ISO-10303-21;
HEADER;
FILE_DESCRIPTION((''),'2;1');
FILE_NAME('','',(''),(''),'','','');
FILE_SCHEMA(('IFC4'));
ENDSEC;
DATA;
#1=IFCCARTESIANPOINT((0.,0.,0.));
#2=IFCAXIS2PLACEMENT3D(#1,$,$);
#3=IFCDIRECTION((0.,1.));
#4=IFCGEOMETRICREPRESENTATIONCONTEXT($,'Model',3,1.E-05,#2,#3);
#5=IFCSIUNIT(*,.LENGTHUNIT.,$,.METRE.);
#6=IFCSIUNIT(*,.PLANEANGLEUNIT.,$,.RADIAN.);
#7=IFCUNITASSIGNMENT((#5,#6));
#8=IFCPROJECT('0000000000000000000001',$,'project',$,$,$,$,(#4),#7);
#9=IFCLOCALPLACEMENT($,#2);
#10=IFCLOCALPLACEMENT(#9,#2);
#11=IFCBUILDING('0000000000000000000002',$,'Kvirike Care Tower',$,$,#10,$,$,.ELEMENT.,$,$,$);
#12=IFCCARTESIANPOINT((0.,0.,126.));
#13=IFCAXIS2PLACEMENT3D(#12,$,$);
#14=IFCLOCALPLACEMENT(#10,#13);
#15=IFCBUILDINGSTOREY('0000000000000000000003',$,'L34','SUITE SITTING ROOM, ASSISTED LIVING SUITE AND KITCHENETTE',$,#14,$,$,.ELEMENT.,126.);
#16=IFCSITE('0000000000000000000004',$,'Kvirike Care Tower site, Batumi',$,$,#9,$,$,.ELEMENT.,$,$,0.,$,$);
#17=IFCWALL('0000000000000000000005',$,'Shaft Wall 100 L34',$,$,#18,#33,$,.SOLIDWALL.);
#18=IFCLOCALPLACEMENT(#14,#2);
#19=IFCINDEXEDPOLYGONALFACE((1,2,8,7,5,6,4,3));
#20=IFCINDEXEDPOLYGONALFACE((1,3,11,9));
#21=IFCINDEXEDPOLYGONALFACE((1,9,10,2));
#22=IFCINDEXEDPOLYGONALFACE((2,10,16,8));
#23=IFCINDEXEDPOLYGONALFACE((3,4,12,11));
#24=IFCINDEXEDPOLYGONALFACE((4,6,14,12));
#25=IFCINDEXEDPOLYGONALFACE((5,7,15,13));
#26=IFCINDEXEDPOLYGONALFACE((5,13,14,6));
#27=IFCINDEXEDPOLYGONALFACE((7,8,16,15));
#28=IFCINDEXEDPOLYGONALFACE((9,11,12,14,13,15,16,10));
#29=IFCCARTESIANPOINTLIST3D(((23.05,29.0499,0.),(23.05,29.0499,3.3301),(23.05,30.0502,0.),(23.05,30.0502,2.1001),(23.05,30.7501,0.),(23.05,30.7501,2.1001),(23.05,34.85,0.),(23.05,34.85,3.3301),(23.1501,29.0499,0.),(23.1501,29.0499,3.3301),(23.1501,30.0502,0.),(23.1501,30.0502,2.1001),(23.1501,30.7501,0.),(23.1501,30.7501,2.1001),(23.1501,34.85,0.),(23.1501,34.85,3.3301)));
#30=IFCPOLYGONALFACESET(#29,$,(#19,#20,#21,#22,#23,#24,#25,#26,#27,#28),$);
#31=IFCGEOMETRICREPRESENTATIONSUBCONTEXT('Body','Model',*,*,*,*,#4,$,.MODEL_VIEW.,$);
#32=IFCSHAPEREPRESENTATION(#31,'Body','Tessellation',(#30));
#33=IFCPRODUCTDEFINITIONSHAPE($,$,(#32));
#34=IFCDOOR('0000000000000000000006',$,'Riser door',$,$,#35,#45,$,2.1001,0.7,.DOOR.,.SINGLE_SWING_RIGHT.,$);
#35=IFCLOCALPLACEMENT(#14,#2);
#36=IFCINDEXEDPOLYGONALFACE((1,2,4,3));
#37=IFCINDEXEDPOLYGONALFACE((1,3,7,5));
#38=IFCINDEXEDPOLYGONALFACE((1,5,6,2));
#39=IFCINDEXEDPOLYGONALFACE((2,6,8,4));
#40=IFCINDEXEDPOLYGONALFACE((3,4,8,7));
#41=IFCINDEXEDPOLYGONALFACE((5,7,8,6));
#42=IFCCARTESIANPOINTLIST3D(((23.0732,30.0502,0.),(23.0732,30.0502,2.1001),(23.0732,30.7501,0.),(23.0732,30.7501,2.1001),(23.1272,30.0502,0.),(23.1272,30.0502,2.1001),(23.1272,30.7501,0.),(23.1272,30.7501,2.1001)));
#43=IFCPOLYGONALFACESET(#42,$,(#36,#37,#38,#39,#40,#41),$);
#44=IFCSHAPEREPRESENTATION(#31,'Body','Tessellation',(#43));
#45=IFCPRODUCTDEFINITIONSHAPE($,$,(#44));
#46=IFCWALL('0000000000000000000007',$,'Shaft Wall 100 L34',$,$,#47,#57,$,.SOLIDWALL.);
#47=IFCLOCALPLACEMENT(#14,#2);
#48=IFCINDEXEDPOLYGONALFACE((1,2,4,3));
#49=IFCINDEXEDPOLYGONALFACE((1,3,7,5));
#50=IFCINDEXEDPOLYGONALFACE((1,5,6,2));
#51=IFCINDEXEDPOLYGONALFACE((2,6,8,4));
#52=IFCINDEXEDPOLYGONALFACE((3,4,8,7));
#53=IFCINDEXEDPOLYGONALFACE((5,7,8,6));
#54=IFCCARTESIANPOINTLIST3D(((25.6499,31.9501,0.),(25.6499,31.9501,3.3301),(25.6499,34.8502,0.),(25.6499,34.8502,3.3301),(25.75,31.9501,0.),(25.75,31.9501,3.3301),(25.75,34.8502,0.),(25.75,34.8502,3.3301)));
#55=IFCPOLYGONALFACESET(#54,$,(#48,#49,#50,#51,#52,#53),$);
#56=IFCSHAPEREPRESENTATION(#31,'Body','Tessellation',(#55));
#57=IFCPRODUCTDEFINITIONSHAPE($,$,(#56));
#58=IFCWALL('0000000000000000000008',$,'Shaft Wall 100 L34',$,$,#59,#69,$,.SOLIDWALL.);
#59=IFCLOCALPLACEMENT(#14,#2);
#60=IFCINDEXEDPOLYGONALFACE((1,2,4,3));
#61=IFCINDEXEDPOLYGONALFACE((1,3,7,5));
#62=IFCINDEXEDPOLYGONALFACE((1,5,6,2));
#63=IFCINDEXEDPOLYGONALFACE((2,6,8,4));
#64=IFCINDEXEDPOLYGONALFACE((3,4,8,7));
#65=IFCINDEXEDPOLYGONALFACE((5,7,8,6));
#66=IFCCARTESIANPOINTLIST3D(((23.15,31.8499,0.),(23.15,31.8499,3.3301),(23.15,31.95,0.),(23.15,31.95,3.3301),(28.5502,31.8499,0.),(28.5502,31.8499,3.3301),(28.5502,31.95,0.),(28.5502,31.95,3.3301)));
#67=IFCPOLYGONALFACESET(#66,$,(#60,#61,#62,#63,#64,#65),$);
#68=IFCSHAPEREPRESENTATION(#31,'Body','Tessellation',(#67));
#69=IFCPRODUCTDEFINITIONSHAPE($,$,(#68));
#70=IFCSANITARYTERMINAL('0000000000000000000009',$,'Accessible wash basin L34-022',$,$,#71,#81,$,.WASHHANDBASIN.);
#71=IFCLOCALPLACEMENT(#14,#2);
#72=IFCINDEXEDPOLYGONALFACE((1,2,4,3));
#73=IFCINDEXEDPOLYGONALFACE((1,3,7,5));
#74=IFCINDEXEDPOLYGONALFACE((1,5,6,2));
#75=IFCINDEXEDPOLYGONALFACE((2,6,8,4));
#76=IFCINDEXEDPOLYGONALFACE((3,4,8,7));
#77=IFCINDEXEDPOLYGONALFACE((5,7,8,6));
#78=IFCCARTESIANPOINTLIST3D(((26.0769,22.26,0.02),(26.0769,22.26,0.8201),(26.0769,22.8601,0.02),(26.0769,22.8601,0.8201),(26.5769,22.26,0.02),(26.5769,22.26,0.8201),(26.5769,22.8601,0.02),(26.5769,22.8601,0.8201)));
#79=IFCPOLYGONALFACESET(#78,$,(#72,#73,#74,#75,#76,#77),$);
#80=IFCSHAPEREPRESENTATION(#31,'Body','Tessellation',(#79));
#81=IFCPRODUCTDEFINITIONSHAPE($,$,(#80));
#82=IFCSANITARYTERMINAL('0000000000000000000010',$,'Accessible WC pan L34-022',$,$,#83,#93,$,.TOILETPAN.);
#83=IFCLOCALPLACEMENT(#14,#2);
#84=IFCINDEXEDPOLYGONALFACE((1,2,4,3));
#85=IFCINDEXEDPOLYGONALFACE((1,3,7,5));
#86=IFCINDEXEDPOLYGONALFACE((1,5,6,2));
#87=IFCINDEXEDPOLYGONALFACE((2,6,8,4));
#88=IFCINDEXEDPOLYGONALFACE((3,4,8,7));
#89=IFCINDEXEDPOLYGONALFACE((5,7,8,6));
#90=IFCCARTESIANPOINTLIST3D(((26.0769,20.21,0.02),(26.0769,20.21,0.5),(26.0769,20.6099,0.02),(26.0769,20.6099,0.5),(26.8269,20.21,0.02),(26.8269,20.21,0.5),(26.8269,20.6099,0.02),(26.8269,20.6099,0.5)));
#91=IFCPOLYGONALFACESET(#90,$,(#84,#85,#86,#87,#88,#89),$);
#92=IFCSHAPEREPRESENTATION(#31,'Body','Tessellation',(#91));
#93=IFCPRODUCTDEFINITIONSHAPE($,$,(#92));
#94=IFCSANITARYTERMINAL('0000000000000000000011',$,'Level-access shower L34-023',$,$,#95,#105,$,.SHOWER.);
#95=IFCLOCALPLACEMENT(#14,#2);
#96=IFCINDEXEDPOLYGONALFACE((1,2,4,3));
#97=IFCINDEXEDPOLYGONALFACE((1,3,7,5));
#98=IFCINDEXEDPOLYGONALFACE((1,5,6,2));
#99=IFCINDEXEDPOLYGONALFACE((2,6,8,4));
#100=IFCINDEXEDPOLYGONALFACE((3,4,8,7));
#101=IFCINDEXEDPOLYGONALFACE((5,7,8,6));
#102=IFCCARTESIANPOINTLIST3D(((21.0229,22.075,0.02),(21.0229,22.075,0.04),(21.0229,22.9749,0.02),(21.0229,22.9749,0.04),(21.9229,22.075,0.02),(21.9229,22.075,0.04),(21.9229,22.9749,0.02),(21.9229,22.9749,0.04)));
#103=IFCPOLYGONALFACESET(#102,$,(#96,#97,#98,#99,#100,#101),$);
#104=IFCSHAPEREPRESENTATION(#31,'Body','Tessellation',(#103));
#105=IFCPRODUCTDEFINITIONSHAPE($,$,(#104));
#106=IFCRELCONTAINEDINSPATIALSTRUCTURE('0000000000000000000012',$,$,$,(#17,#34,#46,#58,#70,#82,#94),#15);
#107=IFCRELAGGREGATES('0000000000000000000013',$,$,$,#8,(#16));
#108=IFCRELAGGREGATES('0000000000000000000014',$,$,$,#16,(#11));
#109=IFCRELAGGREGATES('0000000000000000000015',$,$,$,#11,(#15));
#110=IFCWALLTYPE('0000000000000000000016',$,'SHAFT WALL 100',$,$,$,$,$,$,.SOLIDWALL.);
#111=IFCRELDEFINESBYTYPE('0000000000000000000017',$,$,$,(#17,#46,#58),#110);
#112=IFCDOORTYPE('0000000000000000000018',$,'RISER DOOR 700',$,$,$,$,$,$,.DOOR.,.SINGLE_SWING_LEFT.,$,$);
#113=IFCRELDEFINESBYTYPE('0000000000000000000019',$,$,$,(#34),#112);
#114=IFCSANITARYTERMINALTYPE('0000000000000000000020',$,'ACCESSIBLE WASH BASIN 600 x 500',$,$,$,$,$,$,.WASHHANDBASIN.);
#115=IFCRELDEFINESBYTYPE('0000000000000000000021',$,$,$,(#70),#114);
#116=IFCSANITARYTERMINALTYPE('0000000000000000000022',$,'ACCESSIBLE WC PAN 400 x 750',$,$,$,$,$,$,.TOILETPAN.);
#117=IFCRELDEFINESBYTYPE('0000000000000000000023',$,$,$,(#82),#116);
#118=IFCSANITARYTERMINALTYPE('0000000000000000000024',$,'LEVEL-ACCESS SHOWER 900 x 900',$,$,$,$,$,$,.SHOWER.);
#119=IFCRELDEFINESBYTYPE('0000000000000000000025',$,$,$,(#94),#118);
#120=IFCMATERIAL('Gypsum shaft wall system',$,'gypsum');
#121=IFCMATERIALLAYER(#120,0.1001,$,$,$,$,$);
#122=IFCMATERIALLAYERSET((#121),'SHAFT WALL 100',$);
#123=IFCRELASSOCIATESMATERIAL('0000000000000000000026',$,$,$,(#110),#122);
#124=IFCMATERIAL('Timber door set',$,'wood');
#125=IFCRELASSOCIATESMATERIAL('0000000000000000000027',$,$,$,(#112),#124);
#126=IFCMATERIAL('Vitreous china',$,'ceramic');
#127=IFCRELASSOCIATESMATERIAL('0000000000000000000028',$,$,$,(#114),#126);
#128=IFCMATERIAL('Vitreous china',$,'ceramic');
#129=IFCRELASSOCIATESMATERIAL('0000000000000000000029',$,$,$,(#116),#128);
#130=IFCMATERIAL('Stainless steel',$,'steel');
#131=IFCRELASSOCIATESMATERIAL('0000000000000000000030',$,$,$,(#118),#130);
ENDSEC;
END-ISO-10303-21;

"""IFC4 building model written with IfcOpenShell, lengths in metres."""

from ifc_helpers import new_model, si_unit, direction, frame, frame_2d, origin, origin_2d, place, context, subcontext, project, spatial, rectangle, extrude, material, layer, layer_set, type_object, element, fill, save


model = new_model("IFC4")

# Units and contexts
model_context = context("Model", 3, precision=1e-05, world=origin(), true_north=direction((0.0, 1.0)))
body_context = subcontext(model_context, "Body", "Model", "MODEL_VIEW")
ifc_project = project(units=[si_unit("LENGTHUNIT", "METRE"), si_unit("PLANEANGLEUNIT", "RADIAN")], contexts=[model_context])

# Site, building, storey
site_placement = place(None, origin())
site = spatial("IfcSite", under=ifc_project, at=site_placement, Name="Kvirike Care Tower site, Batumi", CompositionType="ELEMENT", RefElevation=0.0)
building_placement = place(site_placement, origin())
building = spatial("IfcBuilding", under=site, at=building_placement, Name="Kvirike Care Tower", CompositionType="ELEMENT")
storey_placement = place(building_placement, frame((0.0, 0.0, 126.0)))
storey = spatial("IfcBuildingStorey", under=building, at=storey_placement, Name="L34", Description="SUITE SITTING ROOM, ASSISTED LIVING SUITE AND KITCHENETTE", CompositionType="ELEMENT", Elevation=126.0)

# Wall, opening, door
ifc_material_1 = material(Name="Gypsum shaft wall system", Category="gypsum")
ifc_layer_1 = layer(ifc_material_1, 0.1001)
ifc_layer_set_1 = layer_set([ifc_layer_1], Name="SHAFT WALL 100")
wall_type_1 = type_object("IfcWallType", Name="SHAFT WALL 100", PredefinedType="SOLIDWALL", material=ifc_layer_set_1)
wall_1_placement = place(storey_placement, frame((23.1001, 29.05, 0.0), z_axis=(0.0, 0.0, 1.0), x_axis=(0.0, 1.0, 0.0)))
wall_1 = element("IfcWall", 1, at=wall_1_placement, inside=storey, type_object=wall_type_1, Name="Shaft Wall 100 L34", PredefinedType="SOLIDWALL", context=body_context, shape_type="SweptSolid", body=[
    extrude(rectangle(XDim=5.8, YDim=0.1001, at=frame_2d((2.8999, 0.0))), origin(), (0.0, 0.0, 1.0), 3.3301),
])
opening_1_placement = place(wall_1_placement, frame((1.0, 0.0, 0.0)))
opening_1 = element("IfcOpeningElement", 2, at=opening_1_placement, cuts=wall_1, PredefinedType="OPENING", context=body_context, shape_type="SweptSolid", body=[
    extrude(rectangle(XDim=0.7, YDim=2.1001, at=frame_2d((0.3501, 1.05))), frame((0.0, 0.0605, 0.0), z_axis=(0.0, -1.0, 0.0), x_axis=(1.0, 0.0, 0.0)), (0.0, 0.0, 1.0), 0.1211),
])
ifc_material_2 = material(Name="Timber door set", Category="wood")
door_type_1 = type_object("IfcDoorType", Name="RISER DOOR 700", OperationType="SINGLE_SWING_LEFT", PredefinedType="DOOR", material=ifc_material_2)
door_1_placement = place(opening_1_placement, origin())
door_1 = element("IfcDoor", 3, at=door_1_placement, inside=storey, type_object=door_type_1, Name="Riser door", OperationType="SINGLE_SWING_RIGHT", OverallHeight=2.1001, OverallWidth=0.7, PredefinedType="DOOR", context=body_context, shape_type="SweptSolid", body=[
    extrude(rectangle(XDim=0.7, YDim=2.1001, at=frame_2d((0.3501, 1.05))), frame((0.0, 0.0269, 0.0), z_axis=(0.0, -1.0, 0.0), x_axis=(1.0, 0.0, 0.0)), (0.0, 0.0, 1.0), 0.054),
])
fill(opening_1, door_1)

# Walls
wall_2_placement = place(storey_placement, frame((25.7, 31.95, 0.0), z_axis=(0.0, 0.0, 1.0), x_axis=(0.0, 1.0, 0.0)))
element("IfcWall", 4, at=wall_2_placement, inside=storey, type_object=wall_type_1, Name="Shaft Wall 100 L34", PredefinedType="SOLIDWALL", context=body_context, shape_type="SweptSolid", body=[
    extrude(rectangle(XDim=2.9001, YDim=0.1001, at=frame_2d((1.4502, 0.0))), origin(), (0.0, 0.0, 1.0), 3.3301),
])
wall_3_placement = place(storey_placement, frame((23.1499, 31.8999, 0.0), z_axis=(0.0, 0.0, 1.0), x_axis=(1.0, 0.0, 0.0)))
element("IfcWall", 5, at=wall_3_placement, inside=storey, type_object=wall_type_1, Name="Shaft Wall 100 L34", PredefinedType="SOLIDWALL", context=body_context, shape_type="SweptSolid", body=[
    extrude(rectangle(XDim=5.4001, YDim=0.1001, at=frame_2d((2.7002, 0.0))), origin(), (0.0, 0.0, 1.0), 3.3301),
])

# Sanitary terminals
ifc_material_3 = material(Name="Vitreous china", Category="ceramic")
sanitary_terminal_type_1 = type_object("IfcSanitaryTerminalType", Name="ACCESSIBLE WASH BASIN 600 x 500", PredefinedType="WASHHANDBASIN", material=ifc_material_3)
sanitary_terminal_1_placement = place(storey_placement, frame((26.3269, 22.5601, 0.02), z_axis=(0.0, 0.0, 1.0), x_axis=(0.0, 1.0, 0.0)))
element("IfcSanitaryTerminal", 6, at=sanitary_terminal_1_placement, inside=storey, type_object=sanitary_terminal_type_1, Name="Accessible wash basin L34-022", PredefinedType="WASHHANDBASIN", context=body_context, shape_type="SweptSolid", body=[
    extrude(rectangle(XDim=0.6001, YDim=0.5, at=origin_2d()), origin(), (0.0, 0.0, 1.0), 0.8),
])
ifc_material_4 = material(Name="Vitreous china", Category="ceramic")
sanitary_terminal_type_2 = type_object("IfcSanitaryTerminalType", Name="ACCESSIBLE WC PAN 400 x 750", PredefinedType="TOILETPAN", material=ifc_material_4)
sanitary_terminal_2_placement = place(storey_placement, frame((26.4519, 20.4099, 0.02), z_axis=(0.0, 0.0, 1.0), x_axis=(0.0, 1.0, 0.0)))
element("IfcSanitaryTerminal", 7, at=sanitary_terminal_2_placement, inside=storey, type_object=sanitary_terminal_type_2, Name="Accessible WC pan L34-022", PredefinedType="TOILETPAN", context=body_context, shape_type="SweptSolid", body=[
    extrude(rectangle(XDim=0.3999, YDim=0.75, at=origin_2d()), origin(), (0.0, 0.0, 1.0), 0.48),
])
ifc_material_5 = material(Name="Stainless steel", Category="steel")
sanitary_terminal_type_3 = type_object("IfcSanitaryTerminalType", Name="LEVEL-ACCESS SHOWER 900 x 900", PredefinedType="SHOWER", material=ifc_material_5)
sanitary_terminal_3_placement = place(storey_placement, frame((21.4729, 22.5249, 0.02), z_axis=(0.0, 0.0, 1.0), x_axis=(0.0, -1.0, 0.0)))
element("IfcSanitaryTerminal", 8, at=sanitary_terminal_3_placement, inside=storey, type_object=sanitary_terminal_type_3, Name="Level-access shower L34-023", PredefinedType="SHOWER", context=body_context, shape_type="SweptSolid", body=[
    extrude(rectangle(XDim=0.8999, YDim=0.8999, at=origin_2d()), origin(), (0.0, 0.0, 1.0), 0.02),
])

save(model, "model.ifc")
